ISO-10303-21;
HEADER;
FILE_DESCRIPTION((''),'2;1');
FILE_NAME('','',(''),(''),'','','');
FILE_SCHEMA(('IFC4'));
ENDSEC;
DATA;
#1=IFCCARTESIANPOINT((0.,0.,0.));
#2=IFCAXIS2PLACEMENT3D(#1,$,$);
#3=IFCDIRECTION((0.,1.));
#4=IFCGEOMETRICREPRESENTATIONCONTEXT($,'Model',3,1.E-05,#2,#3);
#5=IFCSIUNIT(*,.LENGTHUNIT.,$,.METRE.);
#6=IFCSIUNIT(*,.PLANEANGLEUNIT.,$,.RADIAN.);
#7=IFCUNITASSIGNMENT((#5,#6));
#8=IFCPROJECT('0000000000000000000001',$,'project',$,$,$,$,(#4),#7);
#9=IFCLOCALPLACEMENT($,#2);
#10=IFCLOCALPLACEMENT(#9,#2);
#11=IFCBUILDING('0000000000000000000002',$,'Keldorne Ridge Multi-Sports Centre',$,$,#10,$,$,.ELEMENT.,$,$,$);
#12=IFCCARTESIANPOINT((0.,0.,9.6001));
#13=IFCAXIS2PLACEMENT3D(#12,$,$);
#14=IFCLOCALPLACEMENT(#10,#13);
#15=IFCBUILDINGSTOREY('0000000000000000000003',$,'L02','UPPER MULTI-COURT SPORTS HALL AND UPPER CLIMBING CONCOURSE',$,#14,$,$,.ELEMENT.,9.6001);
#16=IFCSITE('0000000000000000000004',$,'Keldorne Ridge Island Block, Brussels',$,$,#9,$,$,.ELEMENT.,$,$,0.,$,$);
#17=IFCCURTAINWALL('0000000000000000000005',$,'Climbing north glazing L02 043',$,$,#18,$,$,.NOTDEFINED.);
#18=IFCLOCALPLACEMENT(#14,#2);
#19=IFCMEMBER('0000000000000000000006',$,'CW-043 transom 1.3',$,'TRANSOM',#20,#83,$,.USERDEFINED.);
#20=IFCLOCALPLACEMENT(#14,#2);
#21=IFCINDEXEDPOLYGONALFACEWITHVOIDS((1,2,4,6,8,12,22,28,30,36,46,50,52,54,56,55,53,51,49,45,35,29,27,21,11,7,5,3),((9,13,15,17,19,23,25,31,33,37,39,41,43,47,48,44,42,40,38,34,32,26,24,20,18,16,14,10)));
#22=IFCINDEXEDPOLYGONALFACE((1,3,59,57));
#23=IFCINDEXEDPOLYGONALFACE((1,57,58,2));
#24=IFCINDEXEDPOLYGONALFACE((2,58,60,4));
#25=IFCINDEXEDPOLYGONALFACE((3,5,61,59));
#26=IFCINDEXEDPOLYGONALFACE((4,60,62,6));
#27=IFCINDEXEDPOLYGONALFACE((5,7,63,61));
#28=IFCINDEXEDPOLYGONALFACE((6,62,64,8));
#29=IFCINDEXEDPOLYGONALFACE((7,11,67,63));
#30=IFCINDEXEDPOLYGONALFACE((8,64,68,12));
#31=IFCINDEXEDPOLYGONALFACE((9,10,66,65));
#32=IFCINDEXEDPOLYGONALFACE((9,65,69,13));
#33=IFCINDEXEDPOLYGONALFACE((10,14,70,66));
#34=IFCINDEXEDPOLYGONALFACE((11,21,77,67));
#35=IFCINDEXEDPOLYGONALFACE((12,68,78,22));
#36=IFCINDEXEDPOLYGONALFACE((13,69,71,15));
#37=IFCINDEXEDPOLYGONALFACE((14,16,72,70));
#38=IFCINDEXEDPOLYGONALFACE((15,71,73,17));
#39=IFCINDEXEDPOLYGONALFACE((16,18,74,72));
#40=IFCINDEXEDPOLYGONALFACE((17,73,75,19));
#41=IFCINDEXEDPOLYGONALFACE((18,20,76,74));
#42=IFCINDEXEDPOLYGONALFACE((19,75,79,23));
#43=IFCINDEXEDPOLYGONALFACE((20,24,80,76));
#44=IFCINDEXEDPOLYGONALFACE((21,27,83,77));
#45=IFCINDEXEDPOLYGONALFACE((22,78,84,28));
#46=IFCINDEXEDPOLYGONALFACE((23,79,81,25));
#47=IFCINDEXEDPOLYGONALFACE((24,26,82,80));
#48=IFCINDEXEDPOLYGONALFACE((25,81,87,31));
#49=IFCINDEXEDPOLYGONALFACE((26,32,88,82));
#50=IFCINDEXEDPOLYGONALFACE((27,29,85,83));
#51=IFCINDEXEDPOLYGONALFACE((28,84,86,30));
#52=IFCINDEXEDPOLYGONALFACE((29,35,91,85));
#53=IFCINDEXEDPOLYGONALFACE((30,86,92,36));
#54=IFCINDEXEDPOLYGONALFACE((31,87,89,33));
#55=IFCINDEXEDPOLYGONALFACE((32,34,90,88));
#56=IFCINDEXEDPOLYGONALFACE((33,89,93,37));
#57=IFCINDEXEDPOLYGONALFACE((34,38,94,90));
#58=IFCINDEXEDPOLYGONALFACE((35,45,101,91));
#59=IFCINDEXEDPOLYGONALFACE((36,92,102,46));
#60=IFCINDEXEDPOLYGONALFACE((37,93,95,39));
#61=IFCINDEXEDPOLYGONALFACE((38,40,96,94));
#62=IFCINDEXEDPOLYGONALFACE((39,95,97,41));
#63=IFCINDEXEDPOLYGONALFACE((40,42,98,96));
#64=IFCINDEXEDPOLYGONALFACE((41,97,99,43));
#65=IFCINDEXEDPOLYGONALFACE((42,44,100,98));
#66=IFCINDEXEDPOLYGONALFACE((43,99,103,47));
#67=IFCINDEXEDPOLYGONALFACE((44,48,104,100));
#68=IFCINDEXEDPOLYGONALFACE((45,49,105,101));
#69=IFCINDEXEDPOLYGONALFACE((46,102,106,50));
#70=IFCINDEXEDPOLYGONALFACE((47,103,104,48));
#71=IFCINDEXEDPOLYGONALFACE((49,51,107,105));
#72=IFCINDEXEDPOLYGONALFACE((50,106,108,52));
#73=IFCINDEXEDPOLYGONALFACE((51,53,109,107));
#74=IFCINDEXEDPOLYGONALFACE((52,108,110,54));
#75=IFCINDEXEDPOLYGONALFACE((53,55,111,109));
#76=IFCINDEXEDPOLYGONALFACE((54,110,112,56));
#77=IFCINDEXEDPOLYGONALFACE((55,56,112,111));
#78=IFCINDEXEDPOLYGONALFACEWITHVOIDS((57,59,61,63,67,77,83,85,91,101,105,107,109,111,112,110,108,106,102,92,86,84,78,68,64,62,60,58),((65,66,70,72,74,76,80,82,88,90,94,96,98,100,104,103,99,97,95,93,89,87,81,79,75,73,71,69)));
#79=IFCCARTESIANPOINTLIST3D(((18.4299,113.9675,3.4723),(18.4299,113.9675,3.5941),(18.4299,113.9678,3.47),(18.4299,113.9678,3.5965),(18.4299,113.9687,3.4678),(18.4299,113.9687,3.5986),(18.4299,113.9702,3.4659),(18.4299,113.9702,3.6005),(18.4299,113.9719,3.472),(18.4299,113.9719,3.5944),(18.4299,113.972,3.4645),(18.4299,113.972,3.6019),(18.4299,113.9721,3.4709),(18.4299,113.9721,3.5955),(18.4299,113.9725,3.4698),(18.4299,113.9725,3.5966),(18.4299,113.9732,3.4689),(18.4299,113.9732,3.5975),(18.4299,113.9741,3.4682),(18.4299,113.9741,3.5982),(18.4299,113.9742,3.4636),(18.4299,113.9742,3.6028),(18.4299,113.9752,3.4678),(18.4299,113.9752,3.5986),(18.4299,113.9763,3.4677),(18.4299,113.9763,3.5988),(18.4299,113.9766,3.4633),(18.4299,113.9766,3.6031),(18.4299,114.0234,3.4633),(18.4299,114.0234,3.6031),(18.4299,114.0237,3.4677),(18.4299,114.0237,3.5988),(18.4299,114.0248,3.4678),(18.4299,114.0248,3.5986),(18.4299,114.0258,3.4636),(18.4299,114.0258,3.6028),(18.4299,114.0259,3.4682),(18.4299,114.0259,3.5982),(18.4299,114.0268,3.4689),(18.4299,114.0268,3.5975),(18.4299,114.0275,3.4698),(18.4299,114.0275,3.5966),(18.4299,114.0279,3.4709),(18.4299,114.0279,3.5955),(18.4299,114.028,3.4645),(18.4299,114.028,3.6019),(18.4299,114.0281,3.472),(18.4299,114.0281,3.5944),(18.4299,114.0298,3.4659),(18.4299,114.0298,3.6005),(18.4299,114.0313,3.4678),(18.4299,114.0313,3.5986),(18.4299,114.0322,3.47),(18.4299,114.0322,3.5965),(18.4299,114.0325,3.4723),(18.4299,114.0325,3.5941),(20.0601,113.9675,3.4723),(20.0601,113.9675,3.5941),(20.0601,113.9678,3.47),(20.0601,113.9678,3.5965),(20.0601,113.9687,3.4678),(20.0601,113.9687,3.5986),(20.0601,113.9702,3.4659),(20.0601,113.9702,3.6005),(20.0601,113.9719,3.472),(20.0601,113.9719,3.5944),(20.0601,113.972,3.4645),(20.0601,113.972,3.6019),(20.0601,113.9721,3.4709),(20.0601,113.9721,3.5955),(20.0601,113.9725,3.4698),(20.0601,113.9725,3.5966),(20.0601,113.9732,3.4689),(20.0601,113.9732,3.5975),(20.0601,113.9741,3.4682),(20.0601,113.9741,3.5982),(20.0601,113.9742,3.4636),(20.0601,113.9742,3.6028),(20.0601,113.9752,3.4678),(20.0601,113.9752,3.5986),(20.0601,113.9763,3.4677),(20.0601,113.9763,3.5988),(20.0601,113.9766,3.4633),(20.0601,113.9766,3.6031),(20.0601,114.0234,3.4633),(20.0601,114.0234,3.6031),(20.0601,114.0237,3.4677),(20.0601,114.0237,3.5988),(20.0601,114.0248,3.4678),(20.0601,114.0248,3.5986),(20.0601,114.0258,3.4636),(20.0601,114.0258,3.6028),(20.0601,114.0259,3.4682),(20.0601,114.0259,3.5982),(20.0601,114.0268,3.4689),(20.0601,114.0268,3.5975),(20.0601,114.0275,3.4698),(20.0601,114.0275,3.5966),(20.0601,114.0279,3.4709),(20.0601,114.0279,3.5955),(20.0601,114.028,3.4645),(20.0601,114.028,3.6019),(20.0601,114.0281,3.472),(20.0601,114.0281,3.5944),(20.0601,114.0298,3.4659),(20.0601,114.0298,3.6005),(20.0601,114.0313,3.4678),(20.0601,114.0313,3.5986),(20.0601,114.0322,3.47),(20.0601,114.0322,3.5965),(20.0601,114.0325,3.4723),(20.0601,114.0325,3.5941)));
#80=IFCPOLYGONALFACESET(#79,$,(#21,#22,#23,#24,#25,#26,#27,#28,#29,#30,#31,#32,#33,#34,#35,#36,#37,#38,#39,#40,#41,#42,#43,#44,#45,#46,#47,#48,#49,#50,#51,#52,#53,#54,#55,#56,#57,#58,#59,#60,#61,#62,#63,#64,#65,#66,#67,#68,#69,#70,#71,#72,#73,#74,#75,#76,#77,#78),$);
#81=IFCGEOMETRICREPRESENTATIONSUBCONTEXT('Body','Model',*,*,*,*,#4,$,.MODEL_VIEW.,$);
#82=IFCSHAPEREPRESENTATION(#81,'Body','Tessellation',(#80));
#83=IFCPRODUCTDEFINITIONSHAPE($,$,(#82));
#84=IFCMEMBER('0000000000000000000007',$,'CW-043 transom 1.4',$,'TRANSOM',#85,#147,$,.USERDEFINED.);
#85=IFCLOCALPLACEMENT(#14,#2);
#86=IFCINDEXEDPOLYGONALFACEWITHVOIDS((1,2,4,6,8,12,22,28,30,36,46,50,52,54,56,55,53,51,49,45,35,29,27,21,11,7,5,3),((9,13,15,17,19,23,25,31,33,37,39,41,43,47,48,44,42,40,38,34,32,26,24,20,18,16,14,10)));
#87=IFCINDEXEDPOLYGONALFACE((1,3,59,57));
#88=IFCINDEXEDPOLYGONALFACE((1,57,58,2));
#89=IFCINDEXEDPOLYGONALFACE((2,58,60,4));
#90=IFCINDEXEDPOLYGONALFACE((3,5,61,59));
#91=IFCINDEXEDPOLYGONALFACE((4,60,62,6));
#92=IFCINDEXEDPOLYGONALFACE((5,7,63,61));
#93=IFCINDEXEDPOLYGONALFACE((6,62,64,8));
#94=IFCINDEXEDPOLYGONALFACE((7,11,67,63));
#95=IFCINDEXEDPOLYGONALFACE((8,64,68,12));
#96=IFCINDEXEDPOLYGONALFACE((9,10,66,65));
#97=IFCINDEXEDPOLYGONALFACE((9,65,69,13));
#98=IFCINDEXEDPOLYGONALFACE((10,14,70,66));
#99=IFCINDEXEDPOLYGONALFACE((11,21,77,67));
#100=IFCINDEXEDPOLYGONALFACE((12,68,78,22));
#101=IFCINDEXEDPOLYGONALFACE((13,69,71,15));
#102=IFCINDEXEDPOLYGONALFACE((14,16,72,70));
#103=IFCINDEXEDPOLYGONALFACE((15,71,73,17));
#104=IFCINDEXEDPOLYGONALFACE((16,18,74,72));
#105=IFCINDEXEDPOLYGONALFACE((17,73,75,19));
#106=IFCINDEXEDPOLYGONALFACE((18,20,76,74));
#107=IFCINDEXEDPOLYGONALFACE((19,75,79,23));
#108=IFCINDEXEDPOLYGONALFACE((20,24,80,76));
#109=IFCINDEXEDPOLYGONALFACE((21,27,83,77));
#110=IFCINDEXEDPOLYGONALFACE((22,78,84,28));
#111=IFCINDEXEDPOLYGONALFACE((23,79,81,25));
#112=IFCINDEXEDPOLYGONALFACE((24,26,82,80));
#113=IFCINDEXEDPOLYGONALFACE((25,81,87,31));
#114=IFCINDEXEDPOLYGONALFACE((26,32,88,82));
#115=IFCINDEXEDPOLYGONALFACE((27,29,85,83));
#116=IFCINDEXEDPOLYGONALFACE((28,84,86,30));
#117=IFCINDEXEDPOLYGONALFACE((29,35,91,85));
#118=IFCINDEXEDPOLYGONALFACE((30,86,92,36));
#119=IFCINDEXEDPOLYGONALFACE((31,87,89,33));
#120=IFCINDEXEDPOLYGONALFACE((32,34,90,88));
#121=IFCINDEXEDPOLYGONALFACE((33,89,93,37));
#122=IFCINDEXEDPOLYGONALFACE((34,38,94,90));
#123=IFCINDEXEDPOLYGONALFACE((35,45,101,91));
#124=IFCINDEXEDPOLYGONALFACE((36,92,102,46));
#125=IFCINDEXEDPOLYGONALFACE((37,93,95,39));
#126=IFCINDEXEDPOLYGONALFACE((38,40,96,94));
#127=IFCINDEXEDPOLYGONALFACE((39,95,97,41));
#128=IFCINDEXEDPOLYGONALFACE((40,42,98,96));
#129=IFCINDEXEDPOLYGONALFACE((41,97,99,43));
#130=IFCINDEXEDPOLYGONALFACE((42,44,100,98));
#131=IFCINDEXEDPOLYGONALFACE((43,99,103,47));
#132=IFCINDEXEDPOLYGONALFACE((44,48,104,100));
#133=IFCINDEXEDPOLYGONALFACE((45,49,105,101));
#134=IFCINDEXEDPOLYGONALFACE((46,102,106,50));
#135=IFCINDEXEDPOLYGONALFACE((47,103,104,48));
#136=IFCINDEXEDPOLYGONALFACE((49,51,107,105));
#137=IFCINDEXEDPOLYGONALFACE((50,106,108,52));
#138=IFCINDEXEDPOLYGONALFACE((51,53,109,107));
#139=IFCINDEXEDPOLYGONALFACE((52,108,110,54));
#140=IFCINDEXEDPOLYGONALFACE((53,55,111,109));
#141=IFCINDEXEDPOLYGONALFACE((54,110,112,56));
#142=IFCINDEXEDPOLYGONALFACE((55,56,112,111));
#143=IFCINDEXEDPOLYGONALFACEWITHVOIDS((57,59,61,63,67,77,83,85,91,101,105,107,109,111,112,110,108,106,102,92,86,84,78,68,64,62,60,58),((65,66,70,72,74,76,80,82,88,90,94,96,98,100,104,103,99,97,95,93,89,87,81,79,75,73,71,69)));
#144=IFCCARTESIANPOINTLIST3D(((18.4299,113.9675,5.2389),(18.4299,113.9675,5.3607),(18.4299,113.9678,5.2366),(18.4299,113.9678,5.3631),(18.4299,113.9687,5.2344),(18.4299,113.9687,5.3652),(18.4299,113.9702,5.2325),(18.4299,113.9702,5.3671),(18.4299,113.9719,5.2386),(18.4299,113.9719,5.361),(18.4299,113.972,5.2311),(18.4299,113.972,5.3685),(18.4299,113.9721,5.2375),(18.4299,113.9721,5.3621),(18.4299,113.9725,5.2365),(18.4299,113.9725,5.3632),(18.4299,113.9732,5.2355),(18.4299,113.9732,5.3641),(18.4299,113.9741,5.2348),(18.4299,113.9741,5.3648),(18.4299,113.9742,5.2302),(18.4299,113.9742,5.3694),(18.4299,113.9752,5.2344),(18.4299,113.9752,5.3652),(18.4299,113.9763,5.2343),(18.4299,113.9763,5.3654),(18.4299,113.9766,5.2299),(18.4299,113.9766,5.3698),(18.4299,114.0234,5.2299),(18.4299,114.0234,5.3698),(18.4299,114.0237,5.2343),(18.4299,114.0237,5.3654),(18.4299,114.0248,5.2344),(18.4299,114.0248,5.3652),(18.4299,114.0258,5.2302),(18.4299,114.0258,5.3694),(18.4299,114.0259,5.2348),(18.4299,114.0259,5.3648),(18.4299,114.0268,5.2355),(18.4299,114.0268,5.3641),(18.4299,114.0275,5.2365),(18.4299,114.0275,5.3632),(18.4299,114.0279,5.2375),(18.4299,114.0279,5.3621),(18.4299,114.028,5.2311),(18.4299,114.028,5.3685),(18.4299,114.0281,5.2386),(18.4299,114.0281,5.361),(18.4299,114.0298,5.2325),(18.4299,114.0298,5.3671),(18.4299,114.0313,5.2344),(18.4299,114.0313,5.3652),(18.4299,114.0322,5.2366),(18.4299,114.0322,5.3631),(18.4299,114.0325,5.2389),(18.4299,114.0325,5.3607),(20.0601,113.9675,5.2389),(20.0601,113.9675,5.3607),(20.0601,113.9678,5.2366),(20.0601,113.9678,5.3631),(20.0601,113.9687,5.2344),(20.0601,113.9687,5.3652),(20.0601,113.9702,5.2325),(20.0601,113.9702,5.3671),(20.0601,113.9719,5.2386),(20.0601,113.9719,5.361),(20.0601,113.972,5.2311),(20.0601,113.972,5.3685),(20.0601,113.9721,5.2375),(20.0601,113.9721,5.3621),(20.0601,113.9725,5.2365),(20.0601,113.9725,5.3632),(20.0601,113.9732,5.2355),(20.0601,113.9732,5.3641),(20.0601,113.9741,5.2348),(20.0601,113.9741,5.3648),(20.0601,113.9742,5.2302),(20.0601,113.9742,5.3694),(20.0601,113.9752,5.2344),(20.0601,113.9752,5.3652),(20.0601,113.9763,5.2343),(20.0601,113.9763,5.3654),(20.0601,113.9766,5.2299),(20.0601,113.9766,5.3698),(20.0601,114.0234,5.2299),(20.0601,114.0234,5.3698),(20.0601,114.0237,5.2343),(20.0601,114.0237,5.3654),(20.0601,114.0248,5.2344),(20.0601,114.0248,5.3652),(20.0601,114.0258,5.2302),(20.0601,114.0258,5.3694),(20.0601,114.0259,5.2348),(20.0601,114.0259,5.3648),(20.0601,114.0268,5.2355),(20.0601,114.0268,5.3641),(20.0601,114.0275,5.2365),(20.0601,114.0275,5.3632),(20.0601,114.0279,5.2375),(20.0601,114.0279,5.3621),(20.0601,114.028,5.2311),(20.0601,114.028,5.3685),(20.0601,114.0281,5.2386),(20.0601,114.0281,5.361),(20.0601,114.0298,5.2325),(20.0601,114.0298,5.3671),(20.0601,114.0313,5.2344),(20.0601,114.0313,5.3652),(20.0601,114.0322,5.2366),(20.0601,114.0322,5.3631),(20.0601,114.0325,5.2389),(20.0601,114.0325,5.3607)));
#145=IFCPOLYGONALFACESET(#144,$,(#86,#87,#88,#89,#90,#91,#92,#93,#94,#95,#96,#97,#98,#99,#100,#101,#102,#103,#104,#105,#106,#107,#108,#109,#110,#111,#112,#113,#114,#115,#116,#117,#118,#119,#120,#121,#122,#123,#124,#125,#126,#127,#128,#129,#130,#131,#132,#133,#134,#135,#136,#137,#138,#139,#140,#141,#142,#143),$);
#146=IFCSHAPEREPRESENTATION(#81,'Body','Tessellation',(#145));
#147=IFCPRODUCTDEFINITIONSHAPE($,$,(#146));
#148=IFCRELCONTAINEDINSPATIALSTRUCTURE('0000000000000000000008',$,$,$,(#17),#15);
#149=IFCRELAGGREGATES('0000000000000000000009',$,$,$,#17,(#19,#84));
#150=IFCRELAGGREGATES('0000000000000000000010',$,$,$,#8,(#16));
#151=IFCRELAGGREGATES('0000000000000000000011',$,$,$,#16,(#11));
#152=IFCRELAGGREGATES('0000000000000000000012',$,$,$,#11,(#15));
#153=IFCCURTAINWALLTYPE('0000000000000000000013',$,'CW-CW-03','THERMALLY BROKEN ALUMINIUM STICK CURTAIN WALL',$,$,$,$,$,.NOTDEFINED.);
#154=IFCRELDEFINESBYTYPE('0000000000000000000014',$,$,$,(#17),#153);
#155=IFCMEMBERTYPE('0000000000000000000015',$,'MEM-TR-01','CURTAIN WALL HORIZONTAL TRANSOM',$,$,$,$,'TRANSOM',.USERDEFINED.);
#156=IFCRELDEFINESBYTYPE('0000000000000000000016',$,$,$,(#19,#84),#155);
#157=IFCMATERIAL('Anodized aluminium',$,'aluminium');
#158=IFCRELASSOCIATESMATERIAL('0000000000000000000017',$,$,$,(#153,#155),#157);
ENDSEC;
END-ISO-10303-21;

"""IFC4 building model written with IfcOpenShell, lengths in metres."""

from ifc_helpers import new_model, si_unit, direction, frame, origin, origin_2d, place, context, subcontext, project, spatial, hollow_rectangle, extrude, material, material_profile, profile_set, type_object, element, aggregate, save


model = new_model("IFC4")

# Units and contexts
model_context = context("Model", 3, precision=1e-05, world=origin(), true_north=direction((0.0, 1.0)))
body_context = subcontext(model_context, "Body", "Model", "MODEL_VIEW")
ifc_project = project(units=[si_unit("LENGTHUNIT", "METRE"), si_unit("PLANEANGLEUNIT", "RADIAN")], contexts=[model_context])

# Site, building, storey
site_placement = place(None, origin())
site = spatial("IfcSite", under=ifc_project, at=site_placement, Name="Keldorne Ridge Island Block, Brussels", CompositionType="ELEMENT", RefElevation=0.0)
building_placement = place(site_placement, origin())
building = spatial("IfcBuilding", under=site, at=building_placement, Name="Keldorne Ridge Multi-Sports Centre", CompositionType="ELEMENT")
storey_placement = place(building_placement, frame((0.0, 0.0, 9.6001)))
storey = spatial("IfcBuildingStorey", under=building, at=storey_placement, Name="L02", Description="UPPER MULTI-COURT SPORTS HALL AND UPPER CLIMBING CONCOURSE", CompositionType="ELEMENT", Elevation=9.6001)

# Curtain wall
ifc_material_1 = material(Name="Anodized aluminium", Category="aluminium")
curtain_wall_type = type_object("IfcCurtainWallType", Name="CW-CW-03", Description="THERMALLY BROKEN ALUMINIUM STICK CURTAIN WALL", PredefinedType="NOTDEFINED", material=ifc_material_1)
curtain_wall_placement = place(storey_placement, origin())
curtain_wall = element("IfcCurtainWall", 1, at=curtain_wall_placement, inside=storey, type_object=curtain_wall_type, Name="Climbing north glazing L02 043", PredefinedType="NOTDEFINED")

# Members
ifc_material_profile_1 = material_profile(ifc_material_1, hollow_rectangle(XDim=0.0649, YDim=0.1399, WallThickness=0.0044, InnerFilletRadius=0.0044, OuterFilletRadius=0.009, at=origin_2d()), Name="ALU TRANSOM 140x65x4.5")
ifc_profile_set_1 = profile_set([ifc_material_profile_1], Name="Anodized aluminium")
member_type_1 = type_object("IfcMemberType", Name="MEM-TR-01", Description="CURTAIN WALL HORIZONTAL TRANSOM", ElementType="TRANSOM", PredefinedType="USERDEFINED", material=ifc_profile_set_1)
member_1_placement = place(storey_placement, frame((20.0601, 114.0, 3.5332), z_axis=(-1.0, 0.0, 0.0), x_axis=(0.0, -1.0, 0.0)))
member_1 = element("IfcMember", 2, at=member_1_placement, type_object=member_type_1, Name="CW-043 transom 1.3", ObjectType="TRANSOM", PredefinedType="USERDEFINED", context=body_context, shape_type="SweptSolid", body=[
    extrude(hollow_rectangle(XDim=0.0649, YDim=0.1399, WallThickness=0.0044, InnerFilletRadius=0.0044, OuterFilletRadius=0.009, at=origin_2d()), origin(), (0.0, 0.0, 1.0), 1.6301),
])
member_2_placement = place(storey_placement, frame((20.0601, 114.0, 5.2998), z_axis=(-1.0, 0.0, 0.0), x_axis=(0.0, -1.0, 0.0)))
member_2 = element("IfcMember", 3, at=member_2_placement, type_object=member_type_1, Name="CW-043 transom 1.4", ObjectType="TRANSOM", PredefinedType="USERDEFINED", context=body_context, shape_type="SweptSolid", body=[
    extrude(hollow_rectangle(XDim=0.0649, YDim=0.1399, WallThickness=0.0044, InnerFilletRadius=0.0044, OuterFilletRadius=0.009, at=origin_2d()), origin(), (0.0, 0.0, 1.0), 1.6301),
])

aggregate(curtain_wall, [member_1, member_2])

save(model, "model.ifc")
